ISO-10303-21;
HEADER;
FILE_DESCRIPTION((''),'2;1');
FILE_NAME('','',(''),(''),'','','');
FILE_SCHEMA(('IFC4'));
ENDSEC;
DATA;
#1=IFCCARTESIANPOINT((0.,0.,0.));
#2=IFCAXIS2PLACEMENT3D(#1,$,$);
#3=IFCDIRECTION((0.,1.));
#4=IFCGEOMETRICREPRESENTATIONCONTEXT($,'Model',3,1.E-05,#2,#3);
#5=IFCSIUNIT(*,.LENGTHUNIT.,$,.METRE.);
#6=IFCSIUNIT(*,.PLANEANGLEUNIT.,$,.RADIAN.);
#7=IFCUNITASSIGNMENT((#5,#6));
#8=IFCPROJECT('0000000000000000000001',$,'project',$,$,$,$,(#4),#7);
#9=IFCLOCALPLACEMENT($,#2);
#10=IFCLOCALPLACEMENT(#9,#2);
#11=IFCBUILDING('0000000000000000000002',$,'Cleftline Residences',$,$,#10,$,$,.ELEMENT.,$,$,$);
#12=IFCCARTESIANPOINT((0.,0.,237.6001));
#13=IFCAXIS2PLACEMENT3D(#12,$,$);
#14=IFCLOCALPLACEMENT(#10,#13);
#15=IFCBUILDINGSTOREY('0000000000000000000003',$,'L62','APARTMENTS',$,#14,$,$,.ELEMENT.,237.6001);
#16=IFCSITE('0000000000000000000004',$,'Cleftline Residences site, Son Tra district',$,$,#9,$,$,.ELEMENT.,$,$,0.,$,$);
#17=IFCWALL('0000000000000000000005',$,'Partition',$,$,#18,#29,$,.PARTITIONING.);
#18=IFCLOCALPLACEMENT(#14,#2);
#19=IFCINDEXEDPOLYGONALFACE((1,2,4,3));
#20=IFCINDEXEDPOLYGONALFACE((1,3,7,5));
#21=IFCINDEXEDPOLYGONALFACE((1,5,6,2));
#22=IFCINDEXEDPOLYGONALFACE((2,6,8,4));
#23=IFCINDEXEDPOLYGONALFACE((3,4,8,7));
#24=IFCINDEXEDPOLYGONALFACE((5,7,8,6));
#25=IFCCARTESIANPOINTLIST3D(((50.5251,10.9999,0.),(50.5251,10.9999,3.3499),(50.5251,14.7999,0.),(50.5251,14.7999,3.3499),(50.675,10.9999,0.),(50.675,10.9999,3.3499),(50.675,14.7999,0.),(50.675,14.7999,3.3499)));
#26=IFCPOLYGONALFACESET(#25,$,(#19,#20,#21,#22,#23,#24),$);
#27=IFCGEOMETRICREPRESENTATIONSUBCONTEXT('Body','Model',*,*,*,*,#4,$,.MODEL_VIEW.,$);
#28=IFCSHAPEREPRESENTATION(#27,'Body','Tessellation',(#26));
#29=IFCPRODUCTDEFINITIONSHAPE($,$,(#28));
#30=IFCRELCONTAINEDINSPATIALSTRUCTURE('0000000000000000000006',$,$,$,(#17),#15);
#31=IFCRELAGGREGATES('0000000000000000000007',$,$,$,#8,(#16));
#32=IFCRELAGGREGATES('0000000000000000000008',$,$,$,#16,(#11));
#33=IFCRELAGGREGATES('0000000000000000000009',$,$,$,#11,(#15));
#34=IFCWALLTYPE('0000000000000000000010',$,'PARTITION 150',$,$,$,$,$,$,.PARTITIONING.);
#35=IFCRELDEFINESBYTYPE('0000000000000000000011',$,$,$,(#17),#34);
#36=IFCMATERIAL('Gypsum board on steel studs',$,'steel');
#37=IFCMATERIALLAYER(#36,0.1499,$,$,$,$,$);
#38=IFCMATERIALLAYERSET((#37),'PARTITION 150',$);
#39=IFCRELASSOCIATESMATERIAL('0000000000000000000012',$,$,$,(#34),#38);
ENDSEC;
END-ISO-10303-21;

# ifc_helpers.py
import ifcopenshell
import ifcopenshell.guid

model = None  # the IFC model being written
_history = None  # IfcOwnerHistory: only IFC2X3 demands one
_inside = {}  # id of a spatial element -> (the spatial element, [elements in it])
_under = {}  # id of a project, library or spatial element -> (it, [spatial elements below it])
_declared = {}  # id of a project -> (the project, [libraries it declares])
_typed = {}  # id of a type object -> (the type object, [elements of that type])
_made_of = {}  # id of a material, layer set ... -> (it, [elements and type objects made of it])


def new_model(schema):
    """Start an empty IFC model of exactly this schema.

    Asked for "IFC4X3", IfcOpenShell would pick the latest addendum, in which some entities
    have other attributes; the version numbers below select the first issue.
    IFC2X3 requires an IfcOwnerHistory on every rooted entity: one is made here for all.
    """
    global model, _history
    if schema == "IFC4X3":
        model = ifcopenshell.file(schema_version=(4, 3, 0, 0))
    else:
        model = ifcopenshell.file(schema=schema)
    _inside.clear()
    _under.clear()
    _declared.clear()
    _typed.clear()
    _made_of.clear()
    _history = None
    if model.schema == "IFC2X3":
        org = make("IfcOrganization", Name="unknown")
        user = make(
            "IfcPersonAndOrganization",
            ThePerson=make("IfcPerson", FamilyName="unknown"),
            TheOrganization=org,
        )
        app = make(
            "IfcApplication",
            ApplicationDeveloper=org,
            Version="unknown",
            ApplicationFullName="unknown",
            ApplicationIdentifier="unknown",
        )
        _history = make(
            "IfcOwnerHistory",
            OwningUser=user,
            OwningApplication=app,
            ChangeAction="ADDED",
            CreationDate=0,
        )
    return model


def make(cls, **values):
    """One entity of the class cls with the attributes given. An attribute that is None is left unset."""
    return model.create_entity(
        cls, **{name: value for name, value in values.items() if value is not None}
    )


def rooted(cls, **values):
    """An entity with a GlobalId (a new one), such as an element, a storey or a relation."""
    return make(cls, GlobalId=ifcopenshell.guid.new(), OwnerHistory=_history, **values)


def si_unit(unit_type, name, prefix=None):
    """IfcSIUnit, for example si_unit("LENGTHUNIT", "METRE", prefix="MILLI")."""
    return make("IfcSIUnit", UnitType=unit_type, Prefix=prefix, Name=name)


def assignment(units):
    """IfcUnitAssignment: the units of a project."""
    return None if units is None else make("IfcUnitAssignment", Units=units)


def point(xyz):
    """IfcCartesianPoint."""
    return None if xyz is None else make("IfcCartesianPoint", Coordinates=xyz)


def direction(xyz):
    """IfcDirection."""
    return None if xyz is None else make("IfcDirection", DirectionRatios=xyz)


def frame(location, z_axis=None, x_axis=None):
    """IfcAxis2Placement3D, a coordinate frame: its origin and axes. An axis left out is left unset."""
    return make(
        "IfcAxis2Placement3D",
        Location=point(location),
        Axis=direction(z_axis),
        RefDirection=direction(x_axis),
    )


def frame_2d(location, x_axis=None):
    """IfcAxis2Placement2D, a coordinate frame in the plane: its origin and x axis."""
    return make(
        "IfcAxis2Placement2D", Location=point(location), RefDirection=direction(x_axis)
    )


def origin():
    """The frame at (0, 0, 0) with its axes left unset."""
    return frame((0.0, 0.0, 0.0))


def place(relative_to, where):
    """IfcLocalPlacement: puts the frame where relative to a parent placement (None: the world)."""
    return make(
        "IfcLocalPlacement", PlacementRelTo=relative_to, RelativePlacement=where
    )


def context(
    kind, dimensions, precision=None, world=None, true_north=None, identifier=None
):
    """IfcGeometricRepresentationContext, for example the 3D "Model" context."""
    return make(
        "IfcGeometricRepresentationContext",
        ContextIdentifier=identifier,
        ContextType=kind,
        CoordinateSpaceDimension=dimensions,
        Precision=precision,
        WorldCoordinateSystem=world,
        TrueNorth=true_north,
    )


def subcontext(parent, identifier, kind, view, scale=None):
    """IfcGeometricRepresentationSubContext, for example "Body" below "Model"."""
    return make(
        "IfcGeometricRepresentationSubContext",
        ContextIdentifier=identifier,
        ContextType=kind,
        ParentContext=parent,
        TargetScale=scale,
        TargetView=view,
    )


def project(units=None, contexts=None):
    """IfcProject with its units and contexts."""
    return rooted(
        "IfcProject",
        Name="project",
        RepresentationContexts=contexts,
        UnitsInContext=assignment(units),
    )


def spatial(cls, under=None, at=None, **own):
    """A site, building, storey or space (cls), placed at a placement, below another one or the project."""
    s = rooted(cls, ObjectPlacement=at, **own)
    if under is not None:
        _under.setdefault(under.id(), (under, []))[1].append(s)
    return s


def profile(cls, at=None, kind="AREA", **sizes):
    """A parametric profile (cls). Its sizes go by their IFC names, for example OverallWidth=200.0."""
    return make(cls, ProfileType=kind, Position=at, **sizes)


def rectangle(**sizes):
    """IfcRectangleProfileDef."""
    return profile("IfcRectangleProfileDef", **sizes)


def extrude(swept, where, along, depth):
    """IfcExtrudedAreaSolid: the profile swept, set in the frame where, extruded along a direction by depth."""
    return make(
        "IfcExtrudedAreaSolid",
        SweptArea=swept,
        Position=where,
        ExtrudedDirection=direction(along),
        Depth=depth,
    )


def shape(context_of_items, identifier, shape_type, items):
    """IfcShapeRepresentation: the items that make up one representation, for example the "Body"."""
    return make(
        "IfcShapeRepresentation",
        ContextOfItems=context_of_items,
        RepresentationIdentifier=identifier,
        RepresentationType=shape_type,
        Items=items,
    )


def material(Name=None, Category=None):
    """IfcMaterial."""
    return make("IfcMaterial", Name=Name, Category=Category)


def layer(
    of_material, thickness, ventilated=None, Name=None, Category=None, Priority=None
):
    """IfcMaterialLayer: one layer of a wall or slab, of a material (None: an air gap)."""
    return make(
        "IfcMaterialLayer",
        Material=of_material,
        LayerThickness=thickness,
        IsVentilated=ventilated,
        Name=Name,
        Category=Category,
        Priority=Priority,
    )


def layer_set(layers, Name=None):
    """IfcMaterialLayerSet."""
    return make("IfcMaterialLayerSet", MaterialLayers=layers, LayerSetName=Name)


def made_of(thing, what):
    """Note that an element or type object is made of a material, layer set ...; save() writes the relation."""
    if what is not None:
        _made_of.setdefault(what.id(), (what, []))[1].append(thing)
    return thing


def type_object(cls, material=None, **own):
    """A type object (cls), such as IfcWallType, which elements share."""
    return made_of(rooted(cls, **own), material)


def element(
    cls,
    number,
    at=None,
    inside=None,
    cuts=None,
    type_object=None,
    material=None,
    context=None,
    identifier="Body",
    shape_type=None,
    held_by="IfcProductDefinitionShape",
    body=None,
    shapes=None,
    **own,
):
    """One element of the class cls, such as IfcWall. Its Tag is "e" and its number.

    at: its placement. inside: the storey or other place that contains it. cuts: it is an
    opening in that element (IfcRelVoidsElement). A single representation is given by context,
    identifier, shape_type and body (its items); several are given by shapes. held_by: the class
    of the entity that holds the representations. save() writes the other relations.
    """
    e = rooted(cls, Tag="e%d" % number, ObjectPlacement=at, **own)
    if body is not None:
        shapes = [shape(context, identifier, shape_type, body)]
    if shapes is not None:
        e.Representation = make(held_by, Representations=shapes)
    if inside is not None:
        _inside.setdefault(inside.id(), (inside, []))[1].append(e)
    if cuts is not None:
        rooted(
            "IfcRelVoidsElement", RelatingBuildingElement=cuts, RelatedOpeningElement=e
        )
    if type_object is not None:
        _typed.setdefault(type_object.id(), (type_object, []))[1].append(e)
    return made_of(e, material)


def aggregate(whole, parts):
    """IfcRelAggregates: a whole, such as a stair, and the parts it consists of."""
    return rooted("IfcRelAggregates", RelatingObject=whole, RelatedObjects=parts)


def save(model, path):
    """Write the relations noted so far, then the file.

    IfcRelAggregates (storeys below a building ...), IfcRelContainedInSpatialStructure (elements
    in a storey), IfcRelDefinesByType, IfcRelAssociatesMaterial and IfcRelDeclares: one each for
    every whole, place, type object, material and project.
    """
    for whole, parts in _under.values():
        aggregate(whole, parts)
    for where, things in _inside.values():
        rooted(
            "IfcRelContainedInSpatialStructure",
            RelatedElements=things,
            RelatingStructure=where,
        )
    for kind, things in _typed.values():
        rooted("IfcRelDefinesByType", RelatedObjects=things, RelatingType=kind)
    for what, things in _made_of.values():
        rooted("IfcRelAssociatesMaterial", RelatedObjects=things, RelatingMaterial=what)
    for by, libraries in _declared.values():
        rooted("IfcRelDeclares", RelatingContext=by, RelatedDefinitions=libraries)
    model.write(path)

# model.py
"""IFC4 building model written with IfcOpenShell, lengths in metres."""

from ifc_helpers import new_model, si_unit, direction, frame, frame_2d, origin, place, context, subcontext, project, spatial, rectangle, extrude, material, layer, layer_set, type_object, element, save


model = new_model("IFC4")

# Units and contexts
model_context = context("Model", 3, precision=1e-05, world=origin(), true_north=direction((0.0, 1.0)))
body_context = subcontext(model_context, "Body", "Model", "MODEL_VIEW")
ifc_project = project(units=[si_unit("LENGTHUNIT", "METRE"), si_unit("PLANEANGLEUNIT", "RADIAN")], contexts=[model_context])

# Site, building, storey
site_placement = place(None, origin())
site = spatial("IfcSite", under=ifc_project, at=site_placement, Name="Cleftline Residences site, Son Tra district", CompositionType="ELEMENT", RefElevation=0.0)
building_placement = place(site_placement, origin())
building = spatial("IfcBuilding", under=site, at=building_placement, Name="Cleftline Residences", CompositionType="ELEMENT")
storey_placement = place(building_placement, frame((0.0, 0.0, 237.6001)))
storey = spatial("IfcBuildingStorey", under=building, at=storey_placement, Name="L62", Description="APARTMENTS", CompositionType="ELEMENT", Elevation=237.6001)

# Shared definitions
ifc_material_1 = material(Name="Gypsum board on steel studs", Category="steel")
ifc_layer_1 = layer(ifc_material_1, 0.1499)
ifc_layer_set_1 = layer_set([ifc_layer_1], Name="PARTITION 150")
wall_type_1 = type_object("IfcWallType", Name="PARTITION 150", PredefinedType="PARTITIONING", material=ifc_layer_set_1)

# Wall
wall_1_placement = place(storey_placement, frame((50.6001, 11.0, 0.0), z_axis=(0.0, 0.0, 1.0), x_axis=(0.0, 1.0, 0.0)))
element("IfcWall", 1, at=wall_1_placement, inside=storey, type_object=wall_type_1, Name="Partition", PredefinedType="PARTITIONING", context=body_context, shape_type="SweptSolid", body=[
    extrude(rectangle(XDim=3.8, YDim=0.1499, at=frame_2d((1.8999, 0.0))), origin(), (0.0, 0.0, 1.0), 3.3499),
])

save(model, "model.ifc")
